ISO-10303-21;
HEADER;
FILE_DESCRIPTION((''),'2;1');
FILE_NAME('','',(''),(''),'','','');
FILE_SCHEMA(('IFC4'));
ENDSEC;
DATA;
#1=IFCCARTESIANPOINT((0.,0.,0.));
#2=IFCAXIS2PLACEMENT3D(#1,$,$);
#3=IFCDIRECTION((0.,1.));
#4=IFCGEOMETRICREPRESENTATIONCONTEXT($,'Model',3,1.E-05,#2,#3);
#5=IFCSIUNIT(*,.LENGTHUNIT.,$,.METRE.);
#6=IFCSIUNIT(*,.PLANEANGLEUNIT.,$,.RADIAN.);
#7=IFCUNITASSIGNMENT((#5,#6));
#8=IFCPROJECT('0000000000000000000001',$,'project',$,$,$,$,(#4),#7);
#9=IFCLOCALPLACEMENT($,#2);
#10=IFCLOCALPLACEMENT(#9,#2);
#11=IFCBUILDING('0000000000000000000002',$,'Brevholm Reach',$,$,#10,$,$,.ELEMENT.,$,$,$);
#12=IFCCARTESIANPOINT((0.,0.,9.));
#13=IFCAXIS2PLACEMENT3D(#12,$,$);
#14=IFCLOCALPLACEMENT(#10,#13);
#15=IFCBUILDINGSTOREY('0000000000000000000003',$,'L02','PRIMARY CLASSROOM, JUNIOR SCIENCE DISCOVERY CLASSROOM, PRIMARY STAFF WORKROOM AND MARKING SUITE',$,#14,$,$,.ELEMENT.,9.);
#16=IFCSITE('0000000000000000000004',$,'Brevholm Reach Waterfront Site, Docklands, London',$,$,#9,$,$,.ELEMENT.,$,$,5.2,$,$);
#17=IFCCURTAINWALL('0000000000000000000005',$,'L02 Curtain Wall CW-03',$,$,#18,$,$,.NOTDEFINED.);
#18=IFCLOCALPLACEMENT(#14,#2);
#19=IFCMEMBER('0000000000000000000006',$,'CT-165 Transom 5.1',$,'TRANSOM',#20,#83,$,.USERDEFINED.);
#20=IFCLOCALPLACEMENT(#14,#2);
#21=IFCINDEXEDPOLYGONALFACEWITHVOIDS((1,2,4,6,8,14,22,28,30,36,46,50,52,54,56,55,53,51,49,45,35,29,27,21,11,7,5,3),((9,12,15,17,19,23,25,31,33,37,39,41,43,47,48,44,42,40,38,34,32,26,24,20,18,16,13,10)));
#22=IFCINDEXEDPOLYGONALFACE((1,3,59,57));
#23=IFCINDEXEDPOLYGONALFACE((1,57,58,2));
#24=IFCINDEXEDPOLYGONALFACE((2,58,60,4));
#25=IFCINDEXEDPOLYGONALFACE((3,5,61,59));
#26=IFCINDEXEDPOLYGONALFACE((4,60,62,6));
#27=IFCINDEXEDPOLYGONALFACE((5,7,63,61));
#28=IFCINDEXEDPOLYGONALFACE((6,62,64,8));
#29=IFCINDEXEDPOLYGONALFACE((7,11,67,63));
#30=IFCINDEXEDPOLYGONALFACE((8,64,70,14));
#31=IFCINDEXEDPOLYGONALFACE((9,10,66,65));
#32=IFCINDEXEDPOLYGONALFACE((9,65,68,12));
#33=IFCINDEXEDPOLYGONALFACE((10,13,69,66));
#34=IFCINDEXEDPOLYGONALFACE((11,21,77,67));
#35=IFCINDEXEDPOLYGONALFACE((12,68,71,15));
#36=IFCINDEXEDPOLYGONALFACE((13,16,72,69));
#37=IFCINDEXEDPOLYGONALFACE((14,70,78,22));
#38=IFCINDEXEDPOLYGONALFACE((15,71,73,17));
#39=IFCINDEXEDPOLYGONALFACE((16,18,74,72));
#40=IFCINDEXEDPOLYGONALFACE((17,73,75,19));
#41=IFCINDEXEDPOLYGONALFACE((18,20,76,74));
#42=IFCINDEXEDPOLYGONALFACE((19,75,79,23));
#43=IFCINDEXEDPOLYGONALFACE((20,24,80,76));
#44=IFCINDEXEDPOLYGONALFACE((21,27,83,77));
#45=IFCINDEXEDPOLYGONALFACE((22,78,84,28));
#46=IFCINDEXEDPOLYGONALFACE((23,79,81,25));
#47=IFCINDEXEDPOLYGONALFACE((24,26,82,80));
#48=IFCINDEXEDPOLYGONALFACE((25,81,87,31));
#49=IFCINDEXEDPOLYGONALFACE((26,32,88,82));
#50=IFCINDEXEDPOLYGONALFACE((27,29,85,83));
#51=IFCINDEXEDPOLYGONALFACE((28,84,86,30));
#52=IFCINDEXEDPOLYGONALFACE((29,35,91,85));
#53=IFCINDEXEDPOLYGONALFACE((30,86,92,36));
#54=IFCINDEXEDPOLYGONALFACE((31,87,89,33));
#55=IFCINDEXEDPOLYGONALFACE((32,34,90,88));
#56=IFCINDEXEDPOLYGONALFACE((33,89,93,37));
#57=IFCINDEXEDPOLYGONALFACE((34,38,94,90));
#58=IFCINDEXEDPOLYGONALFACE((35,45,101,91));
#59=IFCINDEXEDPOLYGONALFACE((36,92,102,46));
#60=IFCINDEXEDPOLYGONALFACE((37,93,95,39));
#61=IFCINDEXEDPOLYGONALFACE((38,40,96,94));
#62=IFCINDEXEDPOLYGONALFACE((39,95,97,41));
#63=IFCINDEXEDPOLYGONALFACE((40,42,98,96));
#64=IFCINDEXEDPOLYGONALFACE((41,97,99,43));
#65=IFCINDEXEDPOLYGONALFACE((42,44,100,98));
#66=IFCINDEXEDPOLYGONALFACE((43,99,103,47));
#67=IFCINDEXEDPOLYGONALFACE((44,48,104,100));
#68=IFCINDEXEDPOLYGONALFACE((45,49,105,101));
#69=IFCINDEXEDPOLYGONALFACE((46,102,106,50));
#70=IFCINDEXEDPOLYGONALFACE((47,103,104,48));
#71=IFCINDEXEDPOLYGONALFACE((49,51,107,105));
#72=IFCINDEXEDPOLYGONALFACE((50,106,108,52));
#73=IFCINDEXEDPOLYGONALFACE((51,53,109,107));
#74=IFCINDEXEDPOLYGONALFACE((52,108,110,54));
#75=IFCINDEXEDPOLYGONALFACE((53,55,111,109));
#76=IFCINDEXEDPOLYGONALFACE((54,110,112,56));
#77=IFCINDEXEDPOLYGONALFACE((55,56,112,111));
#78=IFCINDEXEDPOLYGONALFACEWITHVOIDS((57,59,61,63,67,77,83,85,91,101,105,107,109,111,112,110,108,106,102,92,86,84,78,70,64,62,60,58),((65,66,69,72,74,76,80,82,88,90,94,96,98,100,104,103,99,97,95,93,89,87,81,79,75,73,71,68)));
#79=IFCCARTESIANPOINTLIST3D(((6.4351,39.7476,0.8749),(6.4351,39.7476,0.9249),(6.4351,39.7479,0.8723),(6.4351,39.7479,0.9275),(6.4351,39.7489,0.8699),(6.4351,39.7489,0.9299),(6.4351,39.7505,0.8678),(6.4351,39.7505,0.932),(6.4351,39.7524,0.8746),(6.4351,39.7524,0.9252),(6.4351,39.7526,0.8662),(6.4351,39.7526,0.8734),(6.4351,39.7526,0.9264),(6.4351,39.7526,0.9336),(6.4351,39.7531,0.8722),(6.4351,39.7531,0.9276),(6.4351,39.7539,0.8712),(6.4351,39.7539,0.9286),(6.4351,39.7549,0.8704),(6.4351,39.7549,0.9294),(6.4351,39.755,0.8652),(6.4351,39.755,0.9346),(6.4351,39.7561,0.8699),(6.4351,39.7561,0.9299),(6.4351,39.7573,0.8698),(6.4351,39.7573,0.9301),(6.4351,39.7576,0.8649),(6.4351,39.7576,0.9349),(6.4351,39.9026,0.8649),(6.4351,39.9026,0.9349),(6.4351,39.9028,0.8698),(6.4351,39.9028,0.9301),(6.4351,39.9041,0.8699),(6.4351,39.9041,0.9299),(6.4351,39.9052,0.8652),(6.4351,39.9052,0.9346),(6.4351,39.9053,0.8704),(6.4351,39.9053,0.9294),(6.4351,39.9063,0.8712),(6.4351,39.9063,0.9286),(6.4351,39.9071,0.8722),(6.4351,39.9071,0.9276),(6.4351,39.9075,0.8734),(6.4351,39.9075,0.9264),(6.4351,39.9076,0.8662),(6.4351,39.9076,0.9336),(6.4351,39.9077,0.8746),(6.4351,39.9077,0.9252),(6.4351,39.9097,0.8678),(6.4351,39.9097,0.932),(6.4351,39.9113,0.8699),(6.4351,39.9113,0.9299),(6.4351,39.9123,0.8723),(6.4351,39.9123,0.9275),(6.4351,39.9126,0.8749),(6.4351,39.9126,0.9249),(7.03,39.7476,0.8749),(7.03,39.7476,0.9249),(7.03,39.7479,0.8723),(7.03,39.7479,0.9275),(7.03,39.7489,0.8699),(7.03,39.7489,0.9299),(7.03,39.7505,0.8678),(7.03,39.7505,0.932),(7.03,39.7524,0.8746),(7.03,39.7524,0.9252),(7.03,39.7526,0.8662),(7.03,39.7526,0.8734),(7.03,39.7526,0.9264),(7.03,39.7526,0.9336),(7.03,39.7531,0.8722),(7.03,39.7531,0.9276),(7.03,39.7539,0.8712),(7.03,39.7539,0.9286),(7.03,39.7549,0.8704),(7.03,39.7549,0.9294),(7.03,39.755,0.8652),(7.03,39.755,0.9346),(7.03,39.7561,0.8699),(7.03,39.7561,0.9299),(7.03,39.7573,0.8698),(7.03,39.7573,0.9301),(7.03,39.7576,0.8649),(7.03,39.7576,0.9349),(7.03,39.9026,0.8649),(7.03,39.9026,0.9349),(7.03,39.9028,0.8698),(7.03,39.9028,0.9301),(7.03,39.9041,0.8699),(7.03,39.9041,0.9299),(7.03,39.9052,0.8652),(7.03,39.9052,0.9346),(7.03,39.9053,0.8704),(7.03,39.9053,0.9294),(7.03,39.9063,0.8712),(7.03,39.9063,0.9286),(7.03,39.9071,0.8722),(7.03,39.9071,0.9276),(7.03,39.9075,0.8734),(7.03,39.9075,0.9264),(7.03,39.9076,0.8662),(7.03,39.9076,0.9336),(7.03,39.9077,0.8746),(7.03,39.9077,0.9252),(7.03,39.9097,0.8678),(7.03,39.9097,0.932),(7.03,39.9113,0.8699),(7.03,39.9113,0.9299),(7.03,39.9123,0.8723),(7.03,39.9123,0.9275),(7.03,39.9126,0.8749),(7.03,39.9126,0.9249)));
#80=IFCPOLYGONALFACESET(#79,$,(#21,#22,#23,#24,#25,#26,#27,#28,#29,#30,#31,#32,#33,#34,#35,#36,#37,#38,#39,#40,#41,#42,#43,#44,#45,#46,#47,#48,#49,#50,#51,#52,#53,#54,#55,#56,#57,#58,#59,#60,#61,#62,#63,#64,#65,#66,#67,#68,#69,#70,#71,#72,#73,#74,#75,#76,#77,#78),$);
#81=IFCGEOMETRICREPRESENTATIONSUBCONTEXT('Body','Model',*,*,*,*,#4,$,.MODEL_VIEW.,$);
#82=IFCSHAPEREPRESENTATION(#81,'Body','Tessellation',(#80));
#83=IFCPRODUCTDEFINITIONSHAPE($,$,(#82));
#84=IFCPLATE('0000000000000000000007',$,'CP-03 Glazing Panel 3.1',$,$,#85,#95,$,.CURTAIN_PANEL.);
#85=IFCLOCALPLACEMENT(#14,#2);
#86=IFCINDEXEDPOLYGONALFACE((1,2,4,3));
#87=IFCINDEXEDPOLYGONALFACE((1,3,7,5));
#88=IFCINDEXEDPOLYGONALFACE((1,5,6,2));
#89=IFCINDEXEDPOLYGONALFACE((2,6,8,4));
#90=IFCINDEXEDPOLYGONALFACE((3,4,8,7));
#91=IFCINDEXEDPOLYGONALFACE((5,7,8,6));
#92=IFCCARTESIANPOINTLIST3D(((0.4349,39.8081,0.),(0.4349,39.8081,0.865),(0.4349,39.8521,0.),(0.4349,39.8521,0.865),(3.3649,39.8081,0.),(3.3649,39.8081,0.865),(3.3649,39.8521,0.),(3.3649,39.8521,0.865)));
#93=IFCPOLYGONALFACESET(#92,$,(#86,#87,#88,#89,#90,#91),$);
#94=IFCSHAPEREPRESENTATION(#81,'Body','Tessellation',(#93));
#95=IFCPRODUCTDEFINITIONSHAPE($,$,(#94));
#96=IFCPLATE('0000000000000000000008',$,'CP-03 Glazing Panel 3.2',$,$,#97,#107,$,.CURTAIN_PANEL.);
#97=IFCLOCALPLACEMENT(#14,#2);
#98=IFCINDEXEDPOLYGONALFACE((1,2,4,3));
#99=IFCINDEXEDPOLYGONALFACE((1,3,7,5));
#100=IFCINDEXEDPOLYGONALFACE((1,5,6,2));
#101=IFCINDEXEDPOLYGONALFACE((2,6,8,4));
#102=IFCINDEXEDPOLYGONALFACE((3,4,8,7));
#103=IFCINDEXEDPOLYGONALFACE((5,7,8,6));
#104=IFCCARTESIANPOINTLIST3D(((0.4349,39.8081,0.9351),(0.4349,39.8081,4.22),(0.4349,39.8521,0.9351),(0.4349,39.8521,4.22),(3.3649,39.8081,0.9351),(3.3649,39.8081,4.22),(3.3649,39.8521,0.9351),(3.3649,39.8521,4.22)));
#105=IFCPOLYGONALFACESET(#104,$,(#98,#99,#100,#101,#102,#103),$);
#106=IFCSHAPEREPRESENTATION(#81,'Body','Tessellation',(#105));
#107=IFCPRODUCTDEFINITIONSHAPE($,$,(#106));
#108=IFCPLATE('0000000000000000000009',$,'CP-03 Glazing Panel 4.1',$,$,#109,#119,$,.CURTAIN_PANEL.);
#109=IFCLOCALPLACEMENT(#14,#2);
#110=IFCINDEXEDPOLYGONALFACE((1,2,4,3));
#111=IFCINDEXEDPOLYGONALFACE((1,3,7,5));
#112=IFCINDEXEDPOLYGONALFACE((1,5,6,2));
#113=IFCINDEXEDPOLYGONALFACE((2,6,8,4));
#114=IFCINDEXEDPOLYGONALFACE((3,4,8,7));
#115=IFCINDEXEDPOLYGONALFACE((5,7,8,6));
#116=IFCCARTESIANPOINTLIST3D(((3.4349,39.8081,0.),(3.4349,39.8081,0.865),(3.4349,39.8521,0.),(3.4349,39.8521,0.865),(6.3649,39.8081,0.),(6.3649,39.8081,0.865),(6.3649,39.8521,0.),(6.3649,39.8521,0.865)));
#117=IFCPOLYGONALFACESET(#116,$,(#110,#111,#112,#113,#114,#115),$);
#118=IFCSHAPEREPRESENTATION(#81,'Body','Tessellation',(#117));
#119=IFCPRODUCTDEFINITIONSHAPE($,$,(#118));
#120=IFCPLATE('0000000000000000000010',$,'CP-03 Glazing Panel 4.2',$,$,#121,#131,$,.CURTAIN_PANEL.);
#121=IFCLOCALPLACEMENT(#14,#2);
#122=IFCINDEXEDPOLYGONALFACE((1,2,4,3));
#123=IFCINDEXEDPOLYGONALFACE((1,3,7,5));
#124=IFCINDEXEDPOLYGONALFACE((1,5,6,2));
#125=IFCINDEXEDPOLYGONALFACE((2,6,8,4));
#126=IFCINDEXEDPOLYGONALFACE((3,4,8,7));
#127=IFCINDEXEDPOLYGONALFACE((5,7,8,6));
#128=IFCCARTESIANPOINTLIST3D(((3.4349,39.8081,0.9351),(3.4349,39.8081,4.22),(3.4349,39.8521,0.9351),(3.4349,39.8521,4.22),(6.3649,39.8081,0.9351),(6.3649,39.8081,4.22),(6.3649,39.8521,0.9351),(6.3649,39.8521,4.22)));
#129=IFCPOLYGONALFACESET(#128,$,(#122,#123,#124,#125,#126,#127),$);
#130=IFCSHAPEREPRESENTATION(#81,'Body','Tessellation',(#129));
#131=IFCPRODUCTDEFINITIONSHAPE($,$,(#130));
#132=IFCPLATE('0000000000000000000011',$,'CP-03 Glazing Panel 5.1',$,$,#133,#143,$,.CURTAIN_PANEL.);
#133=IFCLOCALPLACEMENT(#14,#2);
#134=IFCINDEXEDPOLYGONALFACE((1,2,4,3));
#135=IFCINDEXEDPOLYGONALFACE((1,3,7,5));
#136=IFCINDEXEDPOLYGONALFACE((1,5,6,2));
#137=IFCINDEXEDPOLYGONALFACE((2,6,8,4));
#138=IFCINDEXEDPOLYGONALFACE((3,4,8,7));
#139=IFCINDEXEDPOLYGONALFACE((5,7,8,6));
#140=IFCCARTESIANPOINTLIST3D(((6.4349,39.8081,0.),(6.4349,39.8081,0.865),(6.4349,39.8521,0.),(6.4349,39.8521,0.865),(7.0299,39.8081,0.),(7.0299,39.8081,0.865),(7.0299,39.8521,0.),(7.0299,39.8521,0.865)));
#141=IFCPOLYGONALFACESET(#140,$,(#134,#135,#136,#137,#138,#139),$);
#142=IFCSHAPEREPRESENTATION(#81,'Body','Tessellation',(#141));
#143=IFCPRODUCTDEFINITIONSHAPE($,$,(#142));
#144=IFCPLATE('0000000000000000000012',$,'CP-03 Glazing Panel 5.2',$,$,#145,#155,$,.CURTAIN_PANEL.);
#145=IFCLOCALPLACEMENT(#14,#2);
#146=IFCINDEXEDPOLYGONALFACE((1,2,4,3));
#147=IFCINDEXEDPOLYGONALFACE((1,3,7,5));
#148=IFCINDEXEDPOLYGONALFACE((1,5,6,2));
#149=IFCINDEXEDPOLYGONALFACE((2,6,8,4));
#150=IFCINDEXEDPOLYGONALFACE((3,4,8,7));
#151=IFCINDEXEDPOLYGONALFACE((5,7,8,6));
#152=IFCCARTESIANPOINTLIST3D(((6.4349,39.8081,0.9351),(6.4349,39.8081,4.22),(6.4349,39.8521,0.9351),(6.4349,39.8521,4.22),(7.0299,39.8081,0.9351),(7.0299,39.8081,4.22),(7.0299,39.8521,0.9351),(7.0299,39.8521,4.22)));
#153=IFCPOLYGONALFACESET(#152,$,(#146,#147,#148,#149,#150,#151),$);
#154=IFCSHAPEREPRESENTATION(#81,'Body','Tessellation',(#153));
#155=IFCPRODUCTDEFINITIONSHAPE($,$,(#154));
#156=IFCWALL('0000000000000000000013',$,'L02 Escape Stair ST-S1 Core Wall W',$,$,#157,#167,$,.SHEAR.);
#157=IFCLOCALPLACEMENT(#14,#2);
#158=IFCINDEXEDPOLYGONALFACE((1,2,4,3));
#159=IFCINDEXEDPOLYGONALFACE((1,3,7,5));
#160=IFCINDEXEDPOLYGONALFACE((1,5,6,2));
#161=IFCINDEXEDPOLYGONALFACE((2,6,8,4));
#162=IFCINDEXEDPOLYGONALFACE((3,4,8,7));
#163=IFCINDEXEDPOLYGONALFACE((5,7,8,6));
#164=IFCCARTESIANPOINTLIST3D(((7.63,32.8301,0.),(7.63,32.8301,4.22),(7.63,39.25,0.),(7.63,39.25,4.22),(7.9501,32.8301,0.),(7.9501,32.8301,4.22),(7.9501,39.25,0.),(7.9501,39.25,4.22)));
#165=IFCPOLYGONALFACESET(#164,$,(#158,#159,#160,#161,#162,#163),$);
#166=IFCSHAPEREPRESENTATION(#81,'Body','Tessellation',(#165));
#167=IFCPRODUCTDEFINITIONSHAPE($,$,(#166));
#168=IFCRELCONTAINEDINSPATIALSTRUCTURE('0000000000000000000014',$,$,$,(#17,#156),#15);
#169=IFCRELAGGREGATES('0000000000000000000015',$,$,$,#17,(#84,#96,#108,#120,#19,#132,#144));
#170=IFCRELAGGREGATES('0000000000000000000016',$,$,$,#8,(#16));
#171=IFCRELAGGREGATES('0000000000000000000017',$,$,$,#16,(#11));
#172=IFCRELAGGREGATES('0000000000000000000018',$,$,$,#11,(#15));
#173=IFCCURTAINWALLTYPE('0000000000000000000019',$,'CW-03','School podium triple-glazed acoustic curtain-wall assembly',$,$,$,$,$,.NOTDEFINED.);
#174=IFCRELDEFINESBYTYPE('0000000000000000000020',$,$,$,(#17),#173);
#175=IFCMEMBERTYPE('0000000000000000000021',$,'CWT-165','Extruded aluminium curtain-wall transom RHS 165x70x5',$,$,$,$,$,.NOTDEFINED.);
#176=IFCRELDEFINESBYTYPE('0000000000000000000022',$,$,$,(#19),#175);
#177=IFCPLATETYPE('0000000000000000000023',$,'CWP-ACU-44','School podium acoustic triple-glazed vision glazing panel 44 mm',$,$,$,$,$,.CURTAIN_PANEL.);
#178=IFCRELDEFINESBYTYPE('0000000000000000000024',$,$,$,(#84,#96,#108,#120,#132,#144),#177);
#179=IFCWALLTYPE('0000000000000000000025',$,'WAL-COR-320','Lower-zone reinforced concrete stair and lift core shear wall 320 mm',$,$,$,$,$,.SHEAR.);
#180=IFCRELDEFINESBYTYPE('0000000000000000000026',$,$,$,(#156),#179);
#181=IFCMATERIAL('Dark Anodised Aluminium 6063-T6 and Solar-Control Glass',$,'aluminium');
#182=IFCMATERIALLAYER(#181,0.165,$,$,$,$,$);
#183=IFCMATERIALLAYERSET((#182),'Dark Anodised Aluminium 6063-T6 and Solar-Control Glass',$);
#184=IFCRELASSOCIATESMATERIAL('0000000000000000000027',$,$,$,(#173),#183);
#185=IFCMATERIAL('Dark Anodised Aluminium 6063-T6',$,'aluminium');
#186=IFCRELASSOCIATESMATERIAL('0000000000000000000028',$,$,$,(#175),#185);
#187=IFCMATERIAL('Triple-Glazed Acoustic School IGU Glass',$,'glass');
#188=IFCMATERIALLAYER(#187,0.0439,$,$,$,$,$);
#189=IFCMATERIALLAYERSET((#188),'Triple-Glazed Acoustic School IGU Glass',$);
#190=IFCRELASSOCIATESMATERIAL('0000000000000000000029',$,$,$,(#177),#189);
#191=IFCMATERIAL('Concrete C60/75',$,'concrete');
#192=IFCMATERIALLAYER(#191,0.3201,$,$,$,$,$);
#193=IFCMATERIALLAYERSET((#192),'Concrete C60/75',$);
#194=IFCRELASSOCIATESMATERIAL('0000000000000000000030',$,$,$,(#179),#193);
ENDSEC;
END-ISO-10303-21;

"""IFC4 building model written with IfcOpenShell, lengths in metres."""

from ifc_helpers import new_model, si_unit, direction, frame, frame_2d, origin, origin_2d, place, context, subcontext, project, spatial, rectangle, hollow_rectangle, extrude, material, layer, layer_set, material_profile, profile_set, type_object, element, aggregate, save


model = new_model("IFC4")

# Units and contexts
model_context = context("Model", 3, precision=1e-05, world=origin(), true_north=direction((0.0, 1.0)))
body_context = subcontext(model_context, "Body", "Model", "MODEL_VIEW")
ifc_project = project(units=[si_unit("LENGTHUNIT", "METRE"), si_unit("PLANEANGLEUNIT", "RADIAN")], contexts=[model_context])

# Site, building, storey
site_placement = place(None, origin())
site = spatial("IfcSite", under=ifc_project, at=site_placement, Name="Brevholm Reach Waterfront Site, Docklands, London", CompositionType="ELEMENT", RefElevation=5.2)
building_placement = place(site_placement, origin())
building = spatial("IfcBuilding", under=site, at=building_placement, Name="Brevholm Reach", CompositionType="ELEMENT")
storey_placement = place(building_placement, frame((0.0, 0.0, 9.0)))
storey = spatial("IfcBuildingStorey", under=building, at=storey_placement, Name="L02", Description="PRIMARY CLASSROOM, JUNIOR SCIENCE DISCOVERY CLASSROOM, PRIMARY STAFF WORKROOM AND MARKING SUITE", CompositionType="ELEMENT", Elevation=9.0)

# Curtain wall, member, plates
ifc_material_1 = material(Name="Dark Anodised Aluminium 6063-T6 and Solar-Control Glass", Category="aluminium")
ifc_layer_1 = layer(ifc_material_1, 0.165)
ifc_layer_set_1 = layer_set([ifc_layer_1], Name="Dark Anodised Aluminium 6063-T6 and Solar-Control Glass")
curtain_wall_type = type_object("IfcCurtainWallType", Name="CW-03", Description="School podium triple-glazed acoustic curtain-wall assembly", PredefinedType="NOTDEFINED", material=ifc_layer_set_1)
curtain_wall_placement = place(storey_placement, origin())
curtain_wall = element("IfcCurtainWall", 1, at=curtain_wall_placement, inside=storey, type_object=curtain_wall_type, Name="L02 Curtain Wall CW-03", PredefinedType="NOTDEFINED")
ifc_material_2 = material(Name="Dark Anodised Aluminium 6063-T6", Category="aluminium")
ifc_material_profile_1 = material_profile(ifc_material_2, hollow_rectangle(XDim=0.0701, YDim=0.165, WallThickness=0.0049, InnerFilletRadius=0.0049, OuterFilletRadius=0.01, at=origin_2d()), Name="RHS 165x70x5")
ifc_profile_set_1 = profile_set([ifc_material_profile_1], Name="Dark Anodised Aluminium 6063-T6")
member_type_1 = type_object("IfcMemberType", Name="CWT-165", Description="Extruded aluminium curtain-wall transom RHS 165x70x5", PredefinedType="NOTDEFINED", material=ifc_profile_set_1)
member_1_placement = place(storey_placement, frame((6.4351, 39.8301, 0.8999), z_axis=(1.0, 0.0, 0.0), x_axis=(0.0, 0.0, 1.0)))
member_1 = element("IfcMember", 2, at=member_1_placement, type_object=member_type_1, Name="CT-165 Transom 5.1", ObjectType="TRANSOM", PredefinedType="USERDEFINED", context=body_context, shape_type="SweptSolid", body=[
    extrude(hollow_rectangle(XDim=0.0701, YDim=0.165, WallThickness=0.0049, InnerFilletRadius=0.0049, OuterFilletRadius=0.01, at=origin_2d()), origin(), (0.0, 0.0, 1.0), 0.595),
])
ifc_material_3 = material(Name="Triple-Glazed Acoustic School IGU Glass", Category="glass")
ifc_layer_2 = layer(ifc_material_3, 0.0439)
ifc_layer_set_2 = layer_set([ifc_layer_2], Name="Triple-Glazed Acoustic School IGU Glass")
plate_type = type_object("IfcPlateType", Name="CWP-ACU-44", Description="School podium acoustic triple-glazed vision glazing panel 44 mm", PredefinedType="CURTAIN_PANEL", material=ifc_layer_set_2)
plate_1_placement = place(storey_placement, frame((1.8999, 39.8301, 0.0), z_axis=(0.0, 0.0, 1.0), x_axis=(1.0, 0.0, 0.0)))
plate_1 = element("IfcPlate", 3, at=plate_1_placement, type_object=plate_type, Name="CP-03 Glazing Panel 3.1", PredefinedType="CURTAIN_PANEL", context=body_context, shape_type="SweptSolid", body=[
    extrude(rectangle(XDim=2.9299, YDim=0.0439, at=origin_2d()), origin(), (0.0, 0.0, 1.0), 0.865),
])
plate_2_placement = place(storey_placement, frame((1.8999, 39.8301, 0.9351), z_axis=(0.0, 0.0, 1.0), x_axis=(1.0, 0.0, 0.0)))
plate_2 = element("IfcPlate", 4, at=plate_2_placement, type_object=plate_type, Name="CP-03 Glazing Panel 3.2", PredefinedType="CURTAIN_PANEL", context=body_context, shape_type="SweptSolid", body=[
    extrude(rectangle(XDim=2.9299, YDim=0.0439, at=origin_2d()), origin(), (0.0, 0.0, 1.0), 3.2849),
])
plate_3_placement = place(storey_placement, frame((4.8999, 39.8301, 0.0), z_axis=(0.0, 0.0, 1.0), x_axis=(1.0, 0.0, 0.0)))
plate_3 = element("IfcPlate", 5, at=plate_3_placement, type_object=plate_type, Name="CP-03 Glazing Panel 4.1", PredefinedType="CURTAIN_PANEL", context=body_context, shape_type="SweptSolid", body=[
    extrude(rectangle(XDim=2.9299, YDim=0.0439, at=origin_2d()), origin(), (0.0, 0.0, 1.0), 0.865),
])
plate_4_placement = place(storey_placement, frame((4.8999, 39.8301, 0.9351), z_axis=(0.0, 0.0, 1.0), x_axis=(1.0, 0.0, 0.0)))
plate_4 = element("IfcPlate", 6, at=plate_4_placement, type_object=plate_type, Name="CP-03 Glazing Panel 4.2", PredefinedType="CURTAIN_PANEL", context=body_context, shape_type="SweptSolid", body=[
    extrude(rectangle(XDim=2.9299, YDim=0.0439, at=origin_2d()), origin(), (0.0, 0.0, 1.0), 3.2849),
])
plate_5_placement = place(storey_placement, frame((6.7324, 39.8301, 0.0), z_axis=(0.0, 0.0, 1.0), x_axis=(1.0, 0.0, 0.0)))
plate_5 = element("IfcPlate", 7, at=plate_5_placement, type_object=plate_type, Name="CP-03 Glazing Panel 5.1", PredefinedType="CURTAIN_PANEL", context=body_context, shape_type="SweptSolid", body=[
    extrude(rectangle(XDim=0.595, YDim=0.0439, at=origin_2d()), origin(), (0.0, 0.0, 1.0), 0.865),
])
plate_6_placement = place(storey_placement, frame((6.7324, 39.8301, 0.9351), z_axis=(0.0, 0.0, 1.0), x_axis=(1.0, 0.0, 0.0)))
plate_6 = element("IfcPlate", 8, at=plate_6_placement, type_object=plate_type, Name="CP-03 Glazing Panel 5.2", PredefinedType="CURTAIN_PANEL", context=body_context, shape_type="SweptSolid", body=[
    extrude(rectangle(XDim=0.595, YDim=0.0439, at=origin_2d()), origin(), (0.0, 0.0, 1.0), 3.2849),
])
aggregate(curtain_wall, [plate_1, plate_2, plate_3, plate_4, member_1, plate_5, plate_6])

# Wall
ifc_material_4 = material(Name="Concrete C60/75", Category="concrete")
ifc_layer_3 = layer(ifc_material_4, 0.3201)
ifc_layer_set_3 = layer_set([ifc_layer_3], Name="Concrete C60/75")
wall_type_1 = type_object("IfcWallType", Name="WAL-COR-320", Description="Lower-zone reinforced concrete stair and lift core shear wall 320 mm", PredefinedType="SHEAR", material=ifc_layer_set_3)
wall_1_placement = place(storey_placement, frame((7.79, 32.8301, 0.0), z_axis=(0.0, 0.0, 1.0), x_axis=(0.0, 1.0, 0.0)))
element("IfcWall", 9, at=wall_1_placement, inside=storey, type_object=wall_type_1, Name="L02 Escape Stair ST-S1 Core Wall W", PredefinedType="SHEAR", context=body_context, shape_type="SweptSolid", body=[
    extrude(rectangle(XDim=6.4199, YDim=0.3201, at=frame_2d((3.21, 0.0))), origin(), (0.0, 0.0, 1.0), 4.22),
])

save(model, "model.ifc")
